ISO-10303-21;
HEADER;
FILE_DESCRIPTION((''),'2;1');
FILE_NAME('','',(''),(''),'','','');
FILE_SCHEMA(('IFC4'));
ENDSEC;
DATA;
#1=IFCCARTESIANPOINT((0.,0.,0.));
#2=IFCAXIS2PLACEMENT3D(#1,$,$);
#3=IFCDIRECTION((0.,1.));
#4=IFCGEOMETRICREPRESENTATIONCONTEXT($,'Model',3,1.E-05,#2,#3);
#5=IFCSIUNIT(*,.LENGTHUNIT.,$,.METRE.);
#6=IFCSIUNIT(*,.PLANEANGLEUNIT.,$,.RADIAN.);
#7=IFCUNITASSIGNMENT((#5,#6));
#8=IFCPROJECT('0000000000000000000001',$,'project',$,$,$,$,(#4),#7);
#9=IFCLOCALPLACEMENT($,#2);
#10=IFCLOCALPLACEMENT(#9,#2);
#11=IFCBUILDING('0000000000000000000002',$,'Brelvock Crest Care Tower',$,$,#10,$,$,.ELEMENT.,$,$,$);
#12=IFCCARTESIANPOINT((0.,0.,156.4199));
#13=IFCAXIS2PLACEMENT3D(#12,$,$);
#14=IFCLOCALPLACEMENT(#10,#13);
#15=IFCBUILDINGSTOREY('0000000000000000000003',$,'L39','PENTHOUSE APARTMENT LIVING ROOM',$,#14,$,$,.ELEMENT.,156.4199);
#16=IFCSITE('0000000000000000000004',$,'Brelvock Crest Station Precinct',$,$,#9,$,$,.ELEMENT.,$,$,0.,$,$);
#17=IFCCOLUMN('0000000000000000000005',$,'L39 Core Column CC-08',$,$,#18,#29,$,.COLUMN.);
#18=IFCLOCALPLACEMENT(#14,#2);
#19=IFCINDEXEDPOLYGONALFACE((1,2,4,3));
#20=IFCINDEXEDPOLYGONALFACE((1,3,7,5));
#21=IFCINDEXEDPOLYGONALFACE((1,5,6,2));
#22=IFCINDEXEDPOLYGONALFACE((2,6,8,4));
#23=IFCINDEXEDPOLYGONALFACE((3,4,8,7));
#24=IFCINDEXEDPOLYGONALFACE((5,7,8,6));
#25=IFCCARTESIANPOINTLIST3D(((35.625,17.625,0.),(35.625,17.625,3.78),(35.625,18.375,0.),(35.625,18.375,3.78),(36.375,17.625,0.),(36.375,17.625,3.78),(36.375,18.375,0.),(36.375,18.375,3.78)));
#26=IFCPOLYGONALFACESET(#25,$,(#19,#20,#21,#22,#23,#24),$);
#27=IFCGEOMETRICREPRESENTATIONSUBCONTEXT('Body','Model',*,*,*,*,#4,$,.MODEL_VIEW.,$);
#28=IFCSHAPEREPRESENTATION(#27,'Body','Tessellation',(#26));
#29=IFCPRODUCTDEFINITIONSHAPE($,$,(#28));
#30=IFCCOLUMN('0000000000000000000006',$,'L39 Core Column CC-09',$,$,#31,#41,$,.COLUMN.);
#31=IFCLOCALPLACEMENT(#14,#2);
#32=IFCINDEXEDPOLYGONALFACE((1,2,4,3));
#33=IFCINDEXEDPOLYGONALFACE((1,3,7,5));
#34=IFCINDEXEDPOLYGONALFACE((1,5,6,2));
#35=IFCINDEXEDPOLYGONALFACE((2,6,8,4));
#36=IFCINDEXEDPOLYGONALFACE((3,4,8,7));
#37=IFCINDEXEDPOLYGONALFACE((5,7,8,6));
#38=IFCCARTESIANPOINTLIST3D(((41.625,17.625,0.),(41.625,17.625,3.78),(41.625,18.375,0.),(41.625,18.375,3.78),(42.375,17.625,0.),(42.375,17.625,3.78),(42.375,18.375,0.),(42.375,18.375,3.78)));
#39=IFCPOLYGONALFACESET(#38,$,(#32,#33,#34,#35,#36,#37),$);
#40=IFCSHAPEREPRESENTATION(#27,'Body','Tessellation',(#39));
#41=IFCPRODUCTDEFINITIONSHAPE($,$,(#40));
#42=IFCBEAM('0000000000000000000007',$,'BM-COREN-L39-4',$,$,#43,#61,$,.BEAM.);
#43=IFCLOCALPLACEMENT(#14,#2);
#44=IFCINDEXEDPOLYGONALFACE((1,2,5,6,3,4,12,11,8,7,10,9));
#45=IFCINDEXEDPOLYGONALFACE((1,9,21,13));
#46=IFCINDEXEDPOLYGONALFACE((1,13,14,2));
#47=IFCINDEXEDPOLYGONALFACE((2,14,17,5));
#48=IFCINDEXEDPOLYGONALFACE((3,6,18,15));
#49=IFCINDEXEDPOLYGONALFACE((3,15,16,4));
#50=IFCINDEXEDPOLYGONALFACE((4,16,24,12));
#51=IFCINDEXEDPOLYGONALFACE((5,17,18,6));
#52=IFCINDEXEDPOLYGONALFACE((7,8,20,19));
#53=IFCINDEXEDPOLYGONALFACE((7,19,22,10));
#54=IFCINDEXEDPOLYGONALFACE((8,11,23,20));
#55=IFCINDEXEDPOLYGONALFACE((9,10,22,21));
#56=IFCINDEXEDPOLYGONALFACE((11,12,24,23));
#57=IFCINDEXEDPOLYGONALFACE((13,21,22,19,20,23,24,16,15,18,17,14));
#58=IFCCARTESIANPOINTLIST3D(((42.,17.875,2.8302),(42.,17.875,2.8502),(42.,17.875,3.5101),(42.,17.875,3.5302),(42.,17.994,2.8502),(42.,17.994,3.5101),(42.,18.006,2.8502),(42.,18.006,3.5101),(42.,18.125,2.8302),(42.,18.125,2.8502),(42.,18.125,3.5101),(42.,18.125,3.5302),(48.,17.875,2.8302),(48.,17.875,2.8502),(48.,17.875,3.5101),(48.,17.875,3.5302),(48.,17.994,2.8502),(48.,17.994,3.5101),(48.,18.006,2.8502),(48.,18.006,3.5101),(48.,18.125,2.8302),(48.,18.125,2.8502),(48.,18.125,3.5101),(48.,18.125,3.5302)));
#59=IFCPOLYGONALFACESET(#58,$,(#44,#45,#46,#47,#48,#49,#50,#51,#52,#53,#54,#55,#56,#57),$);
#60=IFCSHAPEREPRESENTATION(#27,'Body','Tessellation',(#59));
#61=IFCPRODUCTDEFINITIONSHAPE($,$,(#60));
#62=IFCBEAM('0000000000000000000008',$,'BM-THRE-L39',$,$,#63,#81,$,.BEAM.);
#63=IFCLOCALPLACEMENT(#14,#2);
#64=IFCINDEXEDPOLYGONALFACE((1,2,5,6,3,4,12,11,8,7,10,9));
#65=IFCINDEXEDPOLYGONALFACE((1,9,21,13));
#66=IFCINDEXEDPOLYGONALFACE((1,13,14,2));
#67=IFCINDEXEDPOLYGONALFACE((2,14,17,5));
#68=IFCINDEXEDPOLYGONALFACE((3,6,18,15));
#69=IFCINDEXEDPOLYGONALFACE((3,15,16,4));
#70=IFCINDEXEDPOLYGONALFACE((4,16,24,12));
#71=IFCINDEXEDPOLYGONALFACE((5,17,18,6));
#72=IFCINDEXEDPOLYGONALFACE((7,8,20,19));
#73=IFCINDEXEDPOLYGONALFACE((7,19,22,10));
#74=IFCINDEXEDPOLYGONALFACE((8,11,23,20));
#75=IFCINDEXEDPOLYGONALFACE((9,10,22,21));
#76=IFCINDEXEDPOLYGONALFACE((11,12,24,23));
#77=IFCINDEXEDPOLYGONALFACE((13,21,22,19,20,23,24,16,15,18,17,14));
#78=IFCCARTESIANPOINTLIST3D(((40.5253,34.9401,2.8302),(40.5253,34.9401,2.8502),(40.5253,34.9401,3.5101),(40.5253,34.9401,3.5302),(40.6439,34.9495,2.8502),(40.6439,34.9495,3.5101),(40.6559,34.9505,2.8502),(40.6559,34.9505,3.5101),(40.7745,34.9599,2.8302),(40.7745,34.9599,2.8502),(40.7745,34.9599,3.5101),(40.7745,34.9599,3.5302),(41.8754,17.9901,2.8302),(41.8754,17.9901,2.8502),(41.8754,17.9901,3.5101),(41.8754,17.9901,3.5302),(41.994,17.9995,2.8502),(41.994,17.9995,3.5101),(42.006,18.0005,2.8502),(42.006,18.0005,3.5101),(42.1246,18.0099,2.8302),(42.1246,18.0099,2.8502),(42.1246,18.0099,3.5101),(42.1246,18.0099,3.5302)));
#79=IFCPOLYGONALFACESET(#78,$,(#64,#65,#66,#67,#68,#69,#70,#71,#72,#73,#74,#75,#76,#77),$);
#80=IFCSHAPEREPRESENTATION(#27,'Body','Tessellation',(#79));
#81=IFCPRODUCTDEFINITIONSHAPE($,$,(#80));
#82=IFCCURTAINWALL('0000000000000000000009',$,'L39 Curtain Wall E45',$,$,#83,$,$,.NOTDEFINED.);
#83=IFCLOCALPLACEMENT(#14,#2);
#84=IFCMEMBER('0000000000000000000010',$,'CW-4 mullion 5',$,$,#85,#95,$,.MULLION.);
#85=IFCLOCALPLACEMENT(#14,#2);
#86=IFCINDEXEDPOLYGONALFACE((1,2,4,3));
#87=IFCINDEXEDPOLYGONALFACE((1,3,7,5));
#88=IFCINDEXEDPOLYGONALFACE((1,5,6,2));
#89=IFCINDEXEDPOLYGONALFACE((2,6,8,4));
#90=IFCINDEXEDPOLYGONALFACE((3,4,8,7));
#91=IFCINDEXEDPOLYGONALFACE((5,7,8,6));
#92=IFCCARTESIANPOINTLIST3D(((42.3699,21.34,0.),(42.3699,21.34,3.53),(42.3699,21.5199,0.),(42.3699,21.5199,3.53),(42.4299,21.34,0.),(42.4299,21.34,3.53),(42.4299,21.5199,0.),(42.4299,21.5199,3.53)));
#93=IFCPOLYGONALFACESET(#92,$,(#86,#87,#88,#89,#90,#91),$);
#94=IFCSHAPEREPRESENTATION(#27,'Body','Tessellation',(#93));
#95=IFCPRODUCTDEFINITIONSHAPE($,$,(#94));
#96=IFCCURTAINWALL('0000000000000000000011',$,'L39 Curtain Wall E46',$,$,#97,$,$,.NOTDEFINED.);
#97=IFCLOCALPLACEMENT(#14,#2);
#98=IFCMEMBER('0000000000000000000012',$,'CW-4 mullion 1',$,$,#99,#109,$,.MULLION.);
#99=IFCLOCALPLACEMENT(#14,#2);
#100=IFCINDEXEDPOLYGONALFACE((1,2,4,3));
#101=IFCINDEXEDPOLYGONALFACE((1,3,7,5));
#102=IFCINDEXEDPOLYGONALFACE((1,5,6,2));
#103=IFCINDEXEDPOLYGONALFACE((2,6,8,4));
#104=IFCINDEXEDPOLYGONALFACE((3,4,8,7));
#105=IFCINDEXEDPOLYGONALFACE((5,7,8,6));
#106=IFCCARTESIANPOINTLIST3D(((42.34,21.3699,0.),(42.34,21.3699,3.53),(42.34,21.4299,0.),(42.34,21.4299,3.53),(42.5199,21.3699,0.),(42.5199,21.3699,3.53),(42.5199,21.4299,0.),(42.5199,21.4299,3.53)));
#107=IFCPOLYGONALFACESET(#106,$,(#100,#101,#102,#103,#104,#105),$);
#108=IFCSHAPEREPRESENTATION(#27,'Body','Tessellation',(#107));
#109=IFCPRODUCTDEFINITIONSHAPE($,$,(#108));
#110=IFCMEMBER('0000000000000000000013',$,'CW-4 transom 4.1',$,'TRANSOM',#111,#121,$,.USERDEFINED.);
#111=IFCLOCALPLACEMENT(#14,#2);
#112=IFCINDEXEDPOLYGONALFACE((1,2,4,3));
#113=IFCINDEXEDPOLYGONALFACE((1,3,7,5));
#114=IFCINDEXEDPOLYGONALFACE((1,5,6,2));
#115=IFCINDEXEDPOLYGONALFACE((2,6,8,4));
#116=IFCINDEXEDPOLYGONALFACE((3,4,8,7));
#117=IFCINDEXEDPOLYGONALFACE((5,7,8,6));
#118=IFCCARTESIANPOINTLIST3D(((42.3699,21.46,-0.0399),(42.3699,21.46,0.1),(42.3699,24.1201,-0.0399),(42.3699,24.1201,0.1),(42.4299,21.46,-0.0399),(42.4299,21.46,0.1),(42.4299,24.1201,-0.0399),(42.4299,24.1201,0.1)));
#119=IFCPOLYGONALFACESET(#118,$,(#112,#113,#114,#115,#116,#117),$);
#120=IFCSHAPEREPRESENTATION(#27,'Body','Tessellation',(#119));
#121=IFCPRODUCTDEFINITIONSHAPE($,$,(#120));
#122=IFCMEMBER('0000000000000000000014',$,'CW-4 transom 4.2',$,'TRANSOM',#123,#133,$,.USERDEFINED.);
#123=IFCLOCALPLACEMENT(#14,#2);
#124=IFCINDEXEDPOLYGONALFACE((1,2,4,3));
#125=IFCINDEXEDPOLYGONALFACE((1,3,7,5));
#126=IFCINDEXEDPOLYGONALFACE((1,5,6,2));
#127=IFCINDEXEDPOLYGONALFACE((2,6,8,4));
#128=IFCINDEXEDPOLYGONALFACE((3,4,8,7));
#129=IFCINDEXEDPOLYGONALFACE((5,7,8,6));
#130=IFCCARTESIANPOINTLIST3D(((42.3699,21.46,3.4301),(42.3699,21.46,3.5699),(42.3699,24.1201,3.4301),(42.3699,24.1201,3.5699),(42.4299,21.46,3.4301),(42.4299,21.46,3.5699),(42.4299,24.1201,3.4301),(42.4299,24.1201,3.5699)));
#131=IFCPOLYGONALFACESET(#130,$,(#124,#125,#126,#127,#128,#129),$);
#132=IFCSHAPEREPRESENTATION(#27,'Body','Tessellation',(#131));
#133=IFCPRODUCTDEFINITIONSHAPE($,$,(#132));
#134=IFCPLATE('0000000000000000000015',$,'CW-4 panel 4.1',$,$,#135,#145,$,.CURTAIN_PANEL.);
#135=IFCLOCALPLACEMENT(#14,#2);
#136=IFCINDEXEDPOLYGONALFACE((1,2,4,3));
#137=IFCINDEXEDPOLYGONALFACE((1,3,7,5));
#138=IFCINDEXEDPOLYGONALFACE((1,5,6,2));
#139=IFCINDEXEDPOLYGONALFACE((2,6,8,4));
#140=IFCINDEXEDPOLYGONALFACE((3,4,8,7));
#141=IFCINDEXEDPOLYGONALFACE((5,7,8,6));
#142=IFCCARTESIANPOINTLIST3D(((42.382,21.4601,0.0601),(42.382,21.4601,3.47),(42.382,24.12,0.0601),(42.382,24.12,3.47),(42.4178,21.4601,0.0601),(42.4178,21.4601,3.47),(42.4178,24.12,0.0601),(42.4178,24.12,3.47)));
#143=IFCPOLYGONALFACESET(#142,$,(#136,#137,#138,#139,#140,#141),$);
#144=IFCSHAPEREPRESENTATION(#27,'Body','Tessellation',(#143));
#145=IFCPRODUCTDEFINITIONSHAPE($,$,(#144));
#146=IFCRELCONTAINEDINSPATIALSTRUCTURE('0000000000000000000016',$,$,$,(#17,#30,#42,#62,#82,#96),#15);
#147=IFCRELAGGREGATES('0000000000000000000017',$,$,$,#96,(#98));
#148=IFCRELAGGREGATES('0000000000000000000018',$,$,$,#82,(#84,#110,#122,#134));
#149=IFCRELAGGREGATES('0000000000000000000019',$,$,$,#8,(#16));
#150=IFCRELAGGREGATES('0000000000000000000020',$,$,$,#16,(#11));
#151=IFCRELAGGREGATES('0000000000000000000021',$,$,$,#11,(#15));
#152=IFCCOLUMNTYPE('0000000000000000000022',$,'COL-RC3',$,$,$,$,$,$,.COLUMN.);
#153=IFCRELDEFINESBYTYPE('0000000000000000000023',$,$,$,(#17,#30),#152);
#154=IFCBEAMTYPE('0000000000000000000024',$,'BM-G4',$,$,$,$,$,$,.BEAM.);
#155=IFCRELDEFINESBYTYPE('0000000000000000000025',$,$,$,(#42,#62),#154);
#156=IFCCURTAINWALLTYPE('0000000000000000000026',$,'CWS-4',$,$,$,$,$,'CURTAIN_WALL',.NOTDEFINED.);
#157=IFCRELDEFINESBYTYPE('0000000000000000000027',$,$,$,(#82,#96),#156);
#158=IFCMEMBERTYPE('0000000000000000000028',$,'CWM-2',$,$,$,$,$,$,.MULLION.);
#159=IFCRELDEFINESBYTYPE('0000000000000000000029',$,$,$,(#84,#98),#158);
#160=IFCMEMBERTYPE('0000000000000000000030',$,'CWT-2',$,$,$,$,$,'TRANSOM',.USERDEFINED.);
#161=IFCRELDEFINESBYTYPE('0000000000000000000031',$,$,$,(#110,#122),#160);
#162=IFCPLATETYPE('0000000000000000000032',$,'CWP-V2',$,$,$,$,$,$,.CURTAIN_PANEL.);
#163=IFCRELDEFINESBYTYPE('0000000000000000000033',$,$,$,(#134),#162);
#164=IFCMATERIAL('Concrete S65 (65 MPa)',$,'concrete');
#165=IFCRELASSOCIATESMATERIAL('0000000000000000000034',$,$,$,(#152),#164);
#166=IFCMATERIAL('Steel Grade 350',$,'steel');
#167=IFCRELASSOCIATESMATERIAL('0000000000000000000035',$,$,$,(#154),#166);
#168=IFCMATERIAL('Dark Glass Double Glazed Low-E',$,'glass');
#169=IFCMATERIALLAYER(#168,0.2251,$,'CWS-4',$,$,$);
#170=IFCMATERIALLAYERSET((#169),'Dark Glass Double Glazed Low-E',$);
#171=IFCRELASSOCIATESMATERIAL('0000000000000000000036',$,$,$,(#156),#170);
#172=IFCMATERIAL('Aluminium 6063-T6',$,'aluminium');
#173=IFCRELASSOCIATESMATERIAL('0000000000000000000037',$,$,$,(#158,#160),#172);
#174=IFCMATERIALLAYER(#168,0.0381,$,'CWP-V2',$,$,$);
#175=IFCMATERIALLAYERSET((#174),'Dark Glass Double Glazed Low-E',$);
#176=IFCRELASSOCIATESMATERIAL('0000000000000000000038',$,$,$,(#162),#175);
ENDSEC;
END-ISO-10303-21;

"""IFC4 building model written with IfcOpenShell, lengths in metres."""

from ifc_helpers import new_model, si_unit, direction, frame, origin, origin_2d, place, context, subcontext, project, spatial, rectangle, i_section, extrude, source, transform, mapped, material, layer, layer_set, material_profile, profile_set, type_object, element, aggregate, save


model = new_model("IFC4")

# Units and contexts
model_context = context("Model", 3, precision=1e-05, world=origin(), true_north=direction((0.0, 1.0)))
body_context = subcontext(model_context, "Body", "Model", "MODEL_VIEW")
ifc_project = project(units=[si_unit("LENGTHUNIT", "METRE"), si_unit("PLANEANGLEUNIT", "RADIAN")], contexts=[model_context])

# Site, building, storey
site_placement = place(None, origin())
site = spatial("IfcSite", under=ifc_project, at=site_placement, Name="Brelvock Crest Station Precinct", CompositionType="ELEMENT", RefElevation=0.0)
building_placement = place(site_placement, origin())
building = spatial("IfcBuilding", under=site, at=building_placement, Name="Brelvock Crest Care Tower", CompositionType="ELEMENT")
storey_placement = place(building_placement, frame((0.0, 0.0, 156.4199)))
storey = spatial("IfcBuildingStorey", under=building, at=storey_placement, Name="L39", Description="PENTHOUSE APARTMENT LIVING ROOM", CompositionType="ELEMENT", Elevation=156.4199)

# Columns
ifc_material_1 = material(Name="Concrete S65 (65 MPa)", Category="concrete")
ifc_material_profile_1 = material_profile(ifc_material_1, rectangle(XDim=0.75, YDim=0.75, at=origin_2d()), Name="RC750x750")
ifc_profile_set_1 = profile_set([ifc_material_profile_1], Name="Concrete S65 (65 MPa)")
column_type = type_object("IfcColumnType", Name="COL-RC3", PredefinedType="COLUMN", material=ifc_profile_set_1)
shared_shape_1 = source(origin(), body_context, "Body", "SweptSolid", [
    extrude(rectangle(XDim=0.75, YDim=0.75, at=origin_2d()), origin(), (0.0, 0.0, 1.0), 3.78),
])
for number, where, z_axis, x_axis, name in (
    (1, (36.0, 18.0, 0.0), (0.0, 0.0, 1.0), (1.0, 0.0, 0.0), "L39 Core Column CC-08"),
    (2, (42.0, 18.0, 0.0), (0.0, 0.0, 1.0), (1.0, 0.0, 0.0), "L39 Core Column CC-09"),
):
    element("IfcColumn", number, at=place(storey_placement, frame(where, z_axis=z_axis, x_axis=x_axis)), inside=storey, type_object=column_type, Name=name, PredefinedType="COLUMN", context=body_context, shape_type="MappedRepresentation", body=[
        mapped(shared_shape_1, transform((0.0, 0.0, 0.0), x_axis=(1.0, 0.0, 0.0), y_axis=(0.0, 1.0, 0.0), z_axis=(0.0, 0.0, 1.0), scale=1.0)),
    ])

# Beams
ifc_material_2 = material(Name="Steel Grade 350", Category="steel")
ifc_material_profile_2 = material_profile(ifc_material_2, i_section(OverallWidth=0.25, OverallDepth=0.7, WebThickness=0.012, FlangeThickness=0.02, at=origin_2d()), Name="700WB150")
ifc_profile_set_2 = profile_set([ifc_material_profile_2], Name="Steel Grade 350")
beam_type = type_object("IfcBeamType", Name="BM-G4", PredefinedType="BEAM", material=ifc_profile_set_2)
shared_shape_2 = source(origin(), body_context, "Body", "SweptSolid", [
    extrude(i_section(OverallWidth=0.25, OverallDepth=0.7, WebThickness=0.012, FlangeThickness=0.02, at=origin_2d()), origin(), (0.0, 0.0, 1.0), 6.0),
])
beam_1_placement = place(storey_placement, frame((42.0, 18.0, 3.1802), z_axis=(1.0, 0.0, 0.0), x_axis=(0.0, 1.0, 0.0)))
element("IfcBeam", 3, at=beam_1_placement, inside=storey, type_object=beam_type, Name="BM-COREN-L39-4", PredefinedType="BEAM", context=body_context, shape_type="MappedRepresentation", body=[
    mapped(shared_shape_2, transform((0.0, 0.0, 0.0), x_axis=(1.0, 0.0, 0.0), y_axis=(0.0, 1.0, 0.0), z_axis=(0.0, 0.0, 1.0), scale=1.0)),
])
shared_shape_3 = source(origin(), body_context, "Body", "SweptSolid", [
    extrude(i_section(OverallWidth=0.25, OverallDepth=0.7, WebThickness=0.012, FlangeThickness=0.02, at=origin_2d()), origin(), (0.0, 0.0, 1.0), 17.0037),
])
beam_2_placement = place(storey_placement, frame((42.0, 18.0, 3.1802), z_axis=(-0.079401, 0.996843, 0.0), x_axis=(-0.996843, -0.079401, 0.0)))
element("IfcBeam", 4, at=beam_2_placement, inside=storey, type_object=beam_type, Name="BM-THRE-L39", PredefinedType="BEAM", context=body_context, shape_type="MappedRepresentation", body=[
    mapped(shared_shape_3, transform((0.0, 0.0, 0.0), x_axis=(1.0, 0.0, 0.0), y_axis=(0.0, 1.0, 0.0), z_axis=(0.0, 0.0, 1.0), scale=1.0)),
])

# Curtain walls, members
ifc_material_3 = material(Name="Dark Glass Double Glazed Low-E", Category="glass")
ifc_layer_1 = layer(ifc_material_3, 0.2251, Name="CWS-4")
ifc_layer_set_1 = layer_set([ifc_layer_1], Name="Dark Glass Double Glazed Low-E")
curtain_wall_type = type_object("IfcCurtainWallType", Name="CWS-4", ElementType="CURTAIN_WALL", PredefinedType="NOTDEFINED", material=ifc_layer_set_1)
curtain_wall_1_placement = place(storey_placement, origin())
curtain_wall_1 = element("IfcCurtainWall", 5, at=curtain_wall_1_placement, inside=storey, type_object=curtain_wall_type, Name="L39 Curtain Wall E45", PredefinedType="NOTDEFINED")
ifc_material_4 = material(Name="Aluminium 6063-T6", Category="aluminium")
ifc_material_profile_3 = material_profile(ifc_material_4, rectangle(XDim=0.0601, YDim=0.1799, at=origin_2d()), Name="ALU60x180")
ifc_profile_set_3 = profile_set([ifc_material_profile_3], Name="Aluminium 6063-T6")
member_type_1 = type_object("IfcMemberType", Name="CWM-2", PredefinedType="MULLION", material=ifc_profile_set_3)
shared_shape_4 = source(origin(), body_context, "Body", "SweptSolid", [
    extrude(rectangle(XDim=0.0601, YDim=0.1799, at=origin_2d()), origin(), (0.0, 0.0, 1.0), 3.53),
])
member_1_placement = place(storey_placement, frame((42.3999, 21.4299, 0.0), z_axis=(0.0, 0.0, 1.0), x_axis=(1.0, 0.0, 0.0)))
member_1 = element("IfcMember", 6, at=member_1_placement, type_object=member_type_1, Name="CW-4 mullion 5", PredefinedType="MULLION", context=body_context, shape_type="MappedRepresentation", body=[
    mapped(shared_shape_4, transform((0.0, 0.0, 0.0), x_axis=(1.0, 0.0, 0.0), y_axis=(0.0, 1.0, 0.0), z_axis=(0.0, 0.0, 1.0), scale=1.0)),
])
curtain_wall_2_placement = place(storey_placement, origin())
curtain_wall_2 = element("IfcCurtainWall", 7, at=curtain_wall_2_placement, inside=storey, type_object=curtain_wall_type, Name="L39 Curtain Wall E46", PredefinedType="NOTDEFINED")
member_2_placement = place(storey_placement, frame((42.4299, 21.3999, 0.0), z_axis=(0.0, 0.0, 1.0), x_axis=(0.0, 1.0, 0.0)))
member_2 = element("IfcMember", 8, at=member_2_placement, type_object=member_type_1, Name="CW-4 mullion 1", PredefinedType="MULLION", context=body_context, shape_type="MappedRepresentation", body=[
    mapped(shared_shape_4, transform((0.0, 0.0, 0.0), x_axis=(1.0, 0.0, 0.0), y_axis=(0.0, 1.0, 0.0), z_axis=(0.0, 0.0, 1.0), scale=1.0)),
])
aggregate(curtain_wall_2, [member_2])

# Members
ifc_material_profile_4 = material_profile(ifc_material_4, rectangle(XDim=0.0601, YDim=0.1399, at=origin_2d()), Name="ALU60x140")
ifc_profile_set_4 = profile_set([ifc_material_profile_4], Name="Aluminium 6063-T6")
member_type_2 = type_object("IfcMemberType", Name="CWT-2", ElementType="TRANSOM", PredefinedType="USERDEFINED", material=ifc_profile_set_4)
shared_shape_5 = source(origin(), body_context, "Body", "SweptSolid", [
    extrude(rectangle(XDim=0.0601, YDim=0.1399, at=origin_2d()), origin(), (0.0, 0.0, 1.0), 2.6602),
])
member_3_placement = place(storey_placement, frame((42.3999, 24.1201, 0.03), z_axis=(0.0, -1.0, 0.0), x_axis=(1.0, 0.0, 0.0)))
member_3 = element("IfcMember", 9, at=member_3_placement, type_object=member_type_2, Name="CW-4 transom 4.1", ObjectType="TRANSOM", PredefinedType="USERDEFINED", context=body_context, shape_type="MappedRepresentation", body=[
    mapped(shared_shape_5, transform((0.0, 0.0, 0.0), x_axis=(1.0, 0.0, 0.0), y_axis=(0.0, 1.0, 0.0), z_axis=(0.0, 0.0, 1.0), scale=1.0)),
])
member_4_placement = place(storey_placement, frame((42.3999, 24.1201, 3.5), z_axis=(0.0, -1.0, 0.0), x_axis=(1.0, 0.0, 0.0)))
member_4 = element("IfcMember", 10, at=member_4_placement, type_object=member_type_2, Name="CW-4 transom 4.2", ObjectType="TRANSOM", PredefinedType="USERDEFINED", context=body_context, shape_type="MappedRepresentation", body=[
    mapped(shared_shape_5, transform((0.0, 0.0, 0.0), x_axis=(1.0, 0.0, 0.0), y_axis=(0.0, 1.0, 0.0), z_axis=(0.0, 0.0, 1.0), scale=1.0)),
])

# Plate
ifc_layer_2 = layer(ifc_material_3, 0.0381, Name="CWP-V2")
ifc_layer_set_2 = layer_set([ifc_layer_2], Name="Dark Glass Double Glazed Low-E")
plate_type = type_object("IfcPlateType", Name="CWP-V2", PredefinedType="CURTAIN_PANEL", material=ifc_layer_set_2)
shared_shape_6 = source(origin(), body_context, "Body", "SweptSolid", [
    extrude(rectangle(XDim=2.6599, YDim=0.0359, at=origin_2d()), origin(), (0.0, 0.0, 1.0), 3.4099),
])
plate_placement = place(storey_placement, frame((42.3999, 22.79, 0.0601), z_axis=(0.0, 0.0, 1.0), x_axis=(0.0, -1.0, 0.0)))
plate = element("IfcPlate", 11, at=plate_placement, type_object=plate_type, Name="CW-4 panel 4.1", PredefinedType="CURTAIN_PANEL", context=body_context, shape_type="MappedRepresentation", body=[
    mapped(shared_shape_6, transform((0.0, 0.0, 0.0), x_axis=(1.0, 0.0, 0.0), y_axis=(0.0, 1.0, 0.0), z_axis=(0.0, 0.0, 1.0), scale=1.0)),
])
aggregate(curtain_wall_1, [member_1, member_3, member_4, plate])

save(model, "model.ifc")
